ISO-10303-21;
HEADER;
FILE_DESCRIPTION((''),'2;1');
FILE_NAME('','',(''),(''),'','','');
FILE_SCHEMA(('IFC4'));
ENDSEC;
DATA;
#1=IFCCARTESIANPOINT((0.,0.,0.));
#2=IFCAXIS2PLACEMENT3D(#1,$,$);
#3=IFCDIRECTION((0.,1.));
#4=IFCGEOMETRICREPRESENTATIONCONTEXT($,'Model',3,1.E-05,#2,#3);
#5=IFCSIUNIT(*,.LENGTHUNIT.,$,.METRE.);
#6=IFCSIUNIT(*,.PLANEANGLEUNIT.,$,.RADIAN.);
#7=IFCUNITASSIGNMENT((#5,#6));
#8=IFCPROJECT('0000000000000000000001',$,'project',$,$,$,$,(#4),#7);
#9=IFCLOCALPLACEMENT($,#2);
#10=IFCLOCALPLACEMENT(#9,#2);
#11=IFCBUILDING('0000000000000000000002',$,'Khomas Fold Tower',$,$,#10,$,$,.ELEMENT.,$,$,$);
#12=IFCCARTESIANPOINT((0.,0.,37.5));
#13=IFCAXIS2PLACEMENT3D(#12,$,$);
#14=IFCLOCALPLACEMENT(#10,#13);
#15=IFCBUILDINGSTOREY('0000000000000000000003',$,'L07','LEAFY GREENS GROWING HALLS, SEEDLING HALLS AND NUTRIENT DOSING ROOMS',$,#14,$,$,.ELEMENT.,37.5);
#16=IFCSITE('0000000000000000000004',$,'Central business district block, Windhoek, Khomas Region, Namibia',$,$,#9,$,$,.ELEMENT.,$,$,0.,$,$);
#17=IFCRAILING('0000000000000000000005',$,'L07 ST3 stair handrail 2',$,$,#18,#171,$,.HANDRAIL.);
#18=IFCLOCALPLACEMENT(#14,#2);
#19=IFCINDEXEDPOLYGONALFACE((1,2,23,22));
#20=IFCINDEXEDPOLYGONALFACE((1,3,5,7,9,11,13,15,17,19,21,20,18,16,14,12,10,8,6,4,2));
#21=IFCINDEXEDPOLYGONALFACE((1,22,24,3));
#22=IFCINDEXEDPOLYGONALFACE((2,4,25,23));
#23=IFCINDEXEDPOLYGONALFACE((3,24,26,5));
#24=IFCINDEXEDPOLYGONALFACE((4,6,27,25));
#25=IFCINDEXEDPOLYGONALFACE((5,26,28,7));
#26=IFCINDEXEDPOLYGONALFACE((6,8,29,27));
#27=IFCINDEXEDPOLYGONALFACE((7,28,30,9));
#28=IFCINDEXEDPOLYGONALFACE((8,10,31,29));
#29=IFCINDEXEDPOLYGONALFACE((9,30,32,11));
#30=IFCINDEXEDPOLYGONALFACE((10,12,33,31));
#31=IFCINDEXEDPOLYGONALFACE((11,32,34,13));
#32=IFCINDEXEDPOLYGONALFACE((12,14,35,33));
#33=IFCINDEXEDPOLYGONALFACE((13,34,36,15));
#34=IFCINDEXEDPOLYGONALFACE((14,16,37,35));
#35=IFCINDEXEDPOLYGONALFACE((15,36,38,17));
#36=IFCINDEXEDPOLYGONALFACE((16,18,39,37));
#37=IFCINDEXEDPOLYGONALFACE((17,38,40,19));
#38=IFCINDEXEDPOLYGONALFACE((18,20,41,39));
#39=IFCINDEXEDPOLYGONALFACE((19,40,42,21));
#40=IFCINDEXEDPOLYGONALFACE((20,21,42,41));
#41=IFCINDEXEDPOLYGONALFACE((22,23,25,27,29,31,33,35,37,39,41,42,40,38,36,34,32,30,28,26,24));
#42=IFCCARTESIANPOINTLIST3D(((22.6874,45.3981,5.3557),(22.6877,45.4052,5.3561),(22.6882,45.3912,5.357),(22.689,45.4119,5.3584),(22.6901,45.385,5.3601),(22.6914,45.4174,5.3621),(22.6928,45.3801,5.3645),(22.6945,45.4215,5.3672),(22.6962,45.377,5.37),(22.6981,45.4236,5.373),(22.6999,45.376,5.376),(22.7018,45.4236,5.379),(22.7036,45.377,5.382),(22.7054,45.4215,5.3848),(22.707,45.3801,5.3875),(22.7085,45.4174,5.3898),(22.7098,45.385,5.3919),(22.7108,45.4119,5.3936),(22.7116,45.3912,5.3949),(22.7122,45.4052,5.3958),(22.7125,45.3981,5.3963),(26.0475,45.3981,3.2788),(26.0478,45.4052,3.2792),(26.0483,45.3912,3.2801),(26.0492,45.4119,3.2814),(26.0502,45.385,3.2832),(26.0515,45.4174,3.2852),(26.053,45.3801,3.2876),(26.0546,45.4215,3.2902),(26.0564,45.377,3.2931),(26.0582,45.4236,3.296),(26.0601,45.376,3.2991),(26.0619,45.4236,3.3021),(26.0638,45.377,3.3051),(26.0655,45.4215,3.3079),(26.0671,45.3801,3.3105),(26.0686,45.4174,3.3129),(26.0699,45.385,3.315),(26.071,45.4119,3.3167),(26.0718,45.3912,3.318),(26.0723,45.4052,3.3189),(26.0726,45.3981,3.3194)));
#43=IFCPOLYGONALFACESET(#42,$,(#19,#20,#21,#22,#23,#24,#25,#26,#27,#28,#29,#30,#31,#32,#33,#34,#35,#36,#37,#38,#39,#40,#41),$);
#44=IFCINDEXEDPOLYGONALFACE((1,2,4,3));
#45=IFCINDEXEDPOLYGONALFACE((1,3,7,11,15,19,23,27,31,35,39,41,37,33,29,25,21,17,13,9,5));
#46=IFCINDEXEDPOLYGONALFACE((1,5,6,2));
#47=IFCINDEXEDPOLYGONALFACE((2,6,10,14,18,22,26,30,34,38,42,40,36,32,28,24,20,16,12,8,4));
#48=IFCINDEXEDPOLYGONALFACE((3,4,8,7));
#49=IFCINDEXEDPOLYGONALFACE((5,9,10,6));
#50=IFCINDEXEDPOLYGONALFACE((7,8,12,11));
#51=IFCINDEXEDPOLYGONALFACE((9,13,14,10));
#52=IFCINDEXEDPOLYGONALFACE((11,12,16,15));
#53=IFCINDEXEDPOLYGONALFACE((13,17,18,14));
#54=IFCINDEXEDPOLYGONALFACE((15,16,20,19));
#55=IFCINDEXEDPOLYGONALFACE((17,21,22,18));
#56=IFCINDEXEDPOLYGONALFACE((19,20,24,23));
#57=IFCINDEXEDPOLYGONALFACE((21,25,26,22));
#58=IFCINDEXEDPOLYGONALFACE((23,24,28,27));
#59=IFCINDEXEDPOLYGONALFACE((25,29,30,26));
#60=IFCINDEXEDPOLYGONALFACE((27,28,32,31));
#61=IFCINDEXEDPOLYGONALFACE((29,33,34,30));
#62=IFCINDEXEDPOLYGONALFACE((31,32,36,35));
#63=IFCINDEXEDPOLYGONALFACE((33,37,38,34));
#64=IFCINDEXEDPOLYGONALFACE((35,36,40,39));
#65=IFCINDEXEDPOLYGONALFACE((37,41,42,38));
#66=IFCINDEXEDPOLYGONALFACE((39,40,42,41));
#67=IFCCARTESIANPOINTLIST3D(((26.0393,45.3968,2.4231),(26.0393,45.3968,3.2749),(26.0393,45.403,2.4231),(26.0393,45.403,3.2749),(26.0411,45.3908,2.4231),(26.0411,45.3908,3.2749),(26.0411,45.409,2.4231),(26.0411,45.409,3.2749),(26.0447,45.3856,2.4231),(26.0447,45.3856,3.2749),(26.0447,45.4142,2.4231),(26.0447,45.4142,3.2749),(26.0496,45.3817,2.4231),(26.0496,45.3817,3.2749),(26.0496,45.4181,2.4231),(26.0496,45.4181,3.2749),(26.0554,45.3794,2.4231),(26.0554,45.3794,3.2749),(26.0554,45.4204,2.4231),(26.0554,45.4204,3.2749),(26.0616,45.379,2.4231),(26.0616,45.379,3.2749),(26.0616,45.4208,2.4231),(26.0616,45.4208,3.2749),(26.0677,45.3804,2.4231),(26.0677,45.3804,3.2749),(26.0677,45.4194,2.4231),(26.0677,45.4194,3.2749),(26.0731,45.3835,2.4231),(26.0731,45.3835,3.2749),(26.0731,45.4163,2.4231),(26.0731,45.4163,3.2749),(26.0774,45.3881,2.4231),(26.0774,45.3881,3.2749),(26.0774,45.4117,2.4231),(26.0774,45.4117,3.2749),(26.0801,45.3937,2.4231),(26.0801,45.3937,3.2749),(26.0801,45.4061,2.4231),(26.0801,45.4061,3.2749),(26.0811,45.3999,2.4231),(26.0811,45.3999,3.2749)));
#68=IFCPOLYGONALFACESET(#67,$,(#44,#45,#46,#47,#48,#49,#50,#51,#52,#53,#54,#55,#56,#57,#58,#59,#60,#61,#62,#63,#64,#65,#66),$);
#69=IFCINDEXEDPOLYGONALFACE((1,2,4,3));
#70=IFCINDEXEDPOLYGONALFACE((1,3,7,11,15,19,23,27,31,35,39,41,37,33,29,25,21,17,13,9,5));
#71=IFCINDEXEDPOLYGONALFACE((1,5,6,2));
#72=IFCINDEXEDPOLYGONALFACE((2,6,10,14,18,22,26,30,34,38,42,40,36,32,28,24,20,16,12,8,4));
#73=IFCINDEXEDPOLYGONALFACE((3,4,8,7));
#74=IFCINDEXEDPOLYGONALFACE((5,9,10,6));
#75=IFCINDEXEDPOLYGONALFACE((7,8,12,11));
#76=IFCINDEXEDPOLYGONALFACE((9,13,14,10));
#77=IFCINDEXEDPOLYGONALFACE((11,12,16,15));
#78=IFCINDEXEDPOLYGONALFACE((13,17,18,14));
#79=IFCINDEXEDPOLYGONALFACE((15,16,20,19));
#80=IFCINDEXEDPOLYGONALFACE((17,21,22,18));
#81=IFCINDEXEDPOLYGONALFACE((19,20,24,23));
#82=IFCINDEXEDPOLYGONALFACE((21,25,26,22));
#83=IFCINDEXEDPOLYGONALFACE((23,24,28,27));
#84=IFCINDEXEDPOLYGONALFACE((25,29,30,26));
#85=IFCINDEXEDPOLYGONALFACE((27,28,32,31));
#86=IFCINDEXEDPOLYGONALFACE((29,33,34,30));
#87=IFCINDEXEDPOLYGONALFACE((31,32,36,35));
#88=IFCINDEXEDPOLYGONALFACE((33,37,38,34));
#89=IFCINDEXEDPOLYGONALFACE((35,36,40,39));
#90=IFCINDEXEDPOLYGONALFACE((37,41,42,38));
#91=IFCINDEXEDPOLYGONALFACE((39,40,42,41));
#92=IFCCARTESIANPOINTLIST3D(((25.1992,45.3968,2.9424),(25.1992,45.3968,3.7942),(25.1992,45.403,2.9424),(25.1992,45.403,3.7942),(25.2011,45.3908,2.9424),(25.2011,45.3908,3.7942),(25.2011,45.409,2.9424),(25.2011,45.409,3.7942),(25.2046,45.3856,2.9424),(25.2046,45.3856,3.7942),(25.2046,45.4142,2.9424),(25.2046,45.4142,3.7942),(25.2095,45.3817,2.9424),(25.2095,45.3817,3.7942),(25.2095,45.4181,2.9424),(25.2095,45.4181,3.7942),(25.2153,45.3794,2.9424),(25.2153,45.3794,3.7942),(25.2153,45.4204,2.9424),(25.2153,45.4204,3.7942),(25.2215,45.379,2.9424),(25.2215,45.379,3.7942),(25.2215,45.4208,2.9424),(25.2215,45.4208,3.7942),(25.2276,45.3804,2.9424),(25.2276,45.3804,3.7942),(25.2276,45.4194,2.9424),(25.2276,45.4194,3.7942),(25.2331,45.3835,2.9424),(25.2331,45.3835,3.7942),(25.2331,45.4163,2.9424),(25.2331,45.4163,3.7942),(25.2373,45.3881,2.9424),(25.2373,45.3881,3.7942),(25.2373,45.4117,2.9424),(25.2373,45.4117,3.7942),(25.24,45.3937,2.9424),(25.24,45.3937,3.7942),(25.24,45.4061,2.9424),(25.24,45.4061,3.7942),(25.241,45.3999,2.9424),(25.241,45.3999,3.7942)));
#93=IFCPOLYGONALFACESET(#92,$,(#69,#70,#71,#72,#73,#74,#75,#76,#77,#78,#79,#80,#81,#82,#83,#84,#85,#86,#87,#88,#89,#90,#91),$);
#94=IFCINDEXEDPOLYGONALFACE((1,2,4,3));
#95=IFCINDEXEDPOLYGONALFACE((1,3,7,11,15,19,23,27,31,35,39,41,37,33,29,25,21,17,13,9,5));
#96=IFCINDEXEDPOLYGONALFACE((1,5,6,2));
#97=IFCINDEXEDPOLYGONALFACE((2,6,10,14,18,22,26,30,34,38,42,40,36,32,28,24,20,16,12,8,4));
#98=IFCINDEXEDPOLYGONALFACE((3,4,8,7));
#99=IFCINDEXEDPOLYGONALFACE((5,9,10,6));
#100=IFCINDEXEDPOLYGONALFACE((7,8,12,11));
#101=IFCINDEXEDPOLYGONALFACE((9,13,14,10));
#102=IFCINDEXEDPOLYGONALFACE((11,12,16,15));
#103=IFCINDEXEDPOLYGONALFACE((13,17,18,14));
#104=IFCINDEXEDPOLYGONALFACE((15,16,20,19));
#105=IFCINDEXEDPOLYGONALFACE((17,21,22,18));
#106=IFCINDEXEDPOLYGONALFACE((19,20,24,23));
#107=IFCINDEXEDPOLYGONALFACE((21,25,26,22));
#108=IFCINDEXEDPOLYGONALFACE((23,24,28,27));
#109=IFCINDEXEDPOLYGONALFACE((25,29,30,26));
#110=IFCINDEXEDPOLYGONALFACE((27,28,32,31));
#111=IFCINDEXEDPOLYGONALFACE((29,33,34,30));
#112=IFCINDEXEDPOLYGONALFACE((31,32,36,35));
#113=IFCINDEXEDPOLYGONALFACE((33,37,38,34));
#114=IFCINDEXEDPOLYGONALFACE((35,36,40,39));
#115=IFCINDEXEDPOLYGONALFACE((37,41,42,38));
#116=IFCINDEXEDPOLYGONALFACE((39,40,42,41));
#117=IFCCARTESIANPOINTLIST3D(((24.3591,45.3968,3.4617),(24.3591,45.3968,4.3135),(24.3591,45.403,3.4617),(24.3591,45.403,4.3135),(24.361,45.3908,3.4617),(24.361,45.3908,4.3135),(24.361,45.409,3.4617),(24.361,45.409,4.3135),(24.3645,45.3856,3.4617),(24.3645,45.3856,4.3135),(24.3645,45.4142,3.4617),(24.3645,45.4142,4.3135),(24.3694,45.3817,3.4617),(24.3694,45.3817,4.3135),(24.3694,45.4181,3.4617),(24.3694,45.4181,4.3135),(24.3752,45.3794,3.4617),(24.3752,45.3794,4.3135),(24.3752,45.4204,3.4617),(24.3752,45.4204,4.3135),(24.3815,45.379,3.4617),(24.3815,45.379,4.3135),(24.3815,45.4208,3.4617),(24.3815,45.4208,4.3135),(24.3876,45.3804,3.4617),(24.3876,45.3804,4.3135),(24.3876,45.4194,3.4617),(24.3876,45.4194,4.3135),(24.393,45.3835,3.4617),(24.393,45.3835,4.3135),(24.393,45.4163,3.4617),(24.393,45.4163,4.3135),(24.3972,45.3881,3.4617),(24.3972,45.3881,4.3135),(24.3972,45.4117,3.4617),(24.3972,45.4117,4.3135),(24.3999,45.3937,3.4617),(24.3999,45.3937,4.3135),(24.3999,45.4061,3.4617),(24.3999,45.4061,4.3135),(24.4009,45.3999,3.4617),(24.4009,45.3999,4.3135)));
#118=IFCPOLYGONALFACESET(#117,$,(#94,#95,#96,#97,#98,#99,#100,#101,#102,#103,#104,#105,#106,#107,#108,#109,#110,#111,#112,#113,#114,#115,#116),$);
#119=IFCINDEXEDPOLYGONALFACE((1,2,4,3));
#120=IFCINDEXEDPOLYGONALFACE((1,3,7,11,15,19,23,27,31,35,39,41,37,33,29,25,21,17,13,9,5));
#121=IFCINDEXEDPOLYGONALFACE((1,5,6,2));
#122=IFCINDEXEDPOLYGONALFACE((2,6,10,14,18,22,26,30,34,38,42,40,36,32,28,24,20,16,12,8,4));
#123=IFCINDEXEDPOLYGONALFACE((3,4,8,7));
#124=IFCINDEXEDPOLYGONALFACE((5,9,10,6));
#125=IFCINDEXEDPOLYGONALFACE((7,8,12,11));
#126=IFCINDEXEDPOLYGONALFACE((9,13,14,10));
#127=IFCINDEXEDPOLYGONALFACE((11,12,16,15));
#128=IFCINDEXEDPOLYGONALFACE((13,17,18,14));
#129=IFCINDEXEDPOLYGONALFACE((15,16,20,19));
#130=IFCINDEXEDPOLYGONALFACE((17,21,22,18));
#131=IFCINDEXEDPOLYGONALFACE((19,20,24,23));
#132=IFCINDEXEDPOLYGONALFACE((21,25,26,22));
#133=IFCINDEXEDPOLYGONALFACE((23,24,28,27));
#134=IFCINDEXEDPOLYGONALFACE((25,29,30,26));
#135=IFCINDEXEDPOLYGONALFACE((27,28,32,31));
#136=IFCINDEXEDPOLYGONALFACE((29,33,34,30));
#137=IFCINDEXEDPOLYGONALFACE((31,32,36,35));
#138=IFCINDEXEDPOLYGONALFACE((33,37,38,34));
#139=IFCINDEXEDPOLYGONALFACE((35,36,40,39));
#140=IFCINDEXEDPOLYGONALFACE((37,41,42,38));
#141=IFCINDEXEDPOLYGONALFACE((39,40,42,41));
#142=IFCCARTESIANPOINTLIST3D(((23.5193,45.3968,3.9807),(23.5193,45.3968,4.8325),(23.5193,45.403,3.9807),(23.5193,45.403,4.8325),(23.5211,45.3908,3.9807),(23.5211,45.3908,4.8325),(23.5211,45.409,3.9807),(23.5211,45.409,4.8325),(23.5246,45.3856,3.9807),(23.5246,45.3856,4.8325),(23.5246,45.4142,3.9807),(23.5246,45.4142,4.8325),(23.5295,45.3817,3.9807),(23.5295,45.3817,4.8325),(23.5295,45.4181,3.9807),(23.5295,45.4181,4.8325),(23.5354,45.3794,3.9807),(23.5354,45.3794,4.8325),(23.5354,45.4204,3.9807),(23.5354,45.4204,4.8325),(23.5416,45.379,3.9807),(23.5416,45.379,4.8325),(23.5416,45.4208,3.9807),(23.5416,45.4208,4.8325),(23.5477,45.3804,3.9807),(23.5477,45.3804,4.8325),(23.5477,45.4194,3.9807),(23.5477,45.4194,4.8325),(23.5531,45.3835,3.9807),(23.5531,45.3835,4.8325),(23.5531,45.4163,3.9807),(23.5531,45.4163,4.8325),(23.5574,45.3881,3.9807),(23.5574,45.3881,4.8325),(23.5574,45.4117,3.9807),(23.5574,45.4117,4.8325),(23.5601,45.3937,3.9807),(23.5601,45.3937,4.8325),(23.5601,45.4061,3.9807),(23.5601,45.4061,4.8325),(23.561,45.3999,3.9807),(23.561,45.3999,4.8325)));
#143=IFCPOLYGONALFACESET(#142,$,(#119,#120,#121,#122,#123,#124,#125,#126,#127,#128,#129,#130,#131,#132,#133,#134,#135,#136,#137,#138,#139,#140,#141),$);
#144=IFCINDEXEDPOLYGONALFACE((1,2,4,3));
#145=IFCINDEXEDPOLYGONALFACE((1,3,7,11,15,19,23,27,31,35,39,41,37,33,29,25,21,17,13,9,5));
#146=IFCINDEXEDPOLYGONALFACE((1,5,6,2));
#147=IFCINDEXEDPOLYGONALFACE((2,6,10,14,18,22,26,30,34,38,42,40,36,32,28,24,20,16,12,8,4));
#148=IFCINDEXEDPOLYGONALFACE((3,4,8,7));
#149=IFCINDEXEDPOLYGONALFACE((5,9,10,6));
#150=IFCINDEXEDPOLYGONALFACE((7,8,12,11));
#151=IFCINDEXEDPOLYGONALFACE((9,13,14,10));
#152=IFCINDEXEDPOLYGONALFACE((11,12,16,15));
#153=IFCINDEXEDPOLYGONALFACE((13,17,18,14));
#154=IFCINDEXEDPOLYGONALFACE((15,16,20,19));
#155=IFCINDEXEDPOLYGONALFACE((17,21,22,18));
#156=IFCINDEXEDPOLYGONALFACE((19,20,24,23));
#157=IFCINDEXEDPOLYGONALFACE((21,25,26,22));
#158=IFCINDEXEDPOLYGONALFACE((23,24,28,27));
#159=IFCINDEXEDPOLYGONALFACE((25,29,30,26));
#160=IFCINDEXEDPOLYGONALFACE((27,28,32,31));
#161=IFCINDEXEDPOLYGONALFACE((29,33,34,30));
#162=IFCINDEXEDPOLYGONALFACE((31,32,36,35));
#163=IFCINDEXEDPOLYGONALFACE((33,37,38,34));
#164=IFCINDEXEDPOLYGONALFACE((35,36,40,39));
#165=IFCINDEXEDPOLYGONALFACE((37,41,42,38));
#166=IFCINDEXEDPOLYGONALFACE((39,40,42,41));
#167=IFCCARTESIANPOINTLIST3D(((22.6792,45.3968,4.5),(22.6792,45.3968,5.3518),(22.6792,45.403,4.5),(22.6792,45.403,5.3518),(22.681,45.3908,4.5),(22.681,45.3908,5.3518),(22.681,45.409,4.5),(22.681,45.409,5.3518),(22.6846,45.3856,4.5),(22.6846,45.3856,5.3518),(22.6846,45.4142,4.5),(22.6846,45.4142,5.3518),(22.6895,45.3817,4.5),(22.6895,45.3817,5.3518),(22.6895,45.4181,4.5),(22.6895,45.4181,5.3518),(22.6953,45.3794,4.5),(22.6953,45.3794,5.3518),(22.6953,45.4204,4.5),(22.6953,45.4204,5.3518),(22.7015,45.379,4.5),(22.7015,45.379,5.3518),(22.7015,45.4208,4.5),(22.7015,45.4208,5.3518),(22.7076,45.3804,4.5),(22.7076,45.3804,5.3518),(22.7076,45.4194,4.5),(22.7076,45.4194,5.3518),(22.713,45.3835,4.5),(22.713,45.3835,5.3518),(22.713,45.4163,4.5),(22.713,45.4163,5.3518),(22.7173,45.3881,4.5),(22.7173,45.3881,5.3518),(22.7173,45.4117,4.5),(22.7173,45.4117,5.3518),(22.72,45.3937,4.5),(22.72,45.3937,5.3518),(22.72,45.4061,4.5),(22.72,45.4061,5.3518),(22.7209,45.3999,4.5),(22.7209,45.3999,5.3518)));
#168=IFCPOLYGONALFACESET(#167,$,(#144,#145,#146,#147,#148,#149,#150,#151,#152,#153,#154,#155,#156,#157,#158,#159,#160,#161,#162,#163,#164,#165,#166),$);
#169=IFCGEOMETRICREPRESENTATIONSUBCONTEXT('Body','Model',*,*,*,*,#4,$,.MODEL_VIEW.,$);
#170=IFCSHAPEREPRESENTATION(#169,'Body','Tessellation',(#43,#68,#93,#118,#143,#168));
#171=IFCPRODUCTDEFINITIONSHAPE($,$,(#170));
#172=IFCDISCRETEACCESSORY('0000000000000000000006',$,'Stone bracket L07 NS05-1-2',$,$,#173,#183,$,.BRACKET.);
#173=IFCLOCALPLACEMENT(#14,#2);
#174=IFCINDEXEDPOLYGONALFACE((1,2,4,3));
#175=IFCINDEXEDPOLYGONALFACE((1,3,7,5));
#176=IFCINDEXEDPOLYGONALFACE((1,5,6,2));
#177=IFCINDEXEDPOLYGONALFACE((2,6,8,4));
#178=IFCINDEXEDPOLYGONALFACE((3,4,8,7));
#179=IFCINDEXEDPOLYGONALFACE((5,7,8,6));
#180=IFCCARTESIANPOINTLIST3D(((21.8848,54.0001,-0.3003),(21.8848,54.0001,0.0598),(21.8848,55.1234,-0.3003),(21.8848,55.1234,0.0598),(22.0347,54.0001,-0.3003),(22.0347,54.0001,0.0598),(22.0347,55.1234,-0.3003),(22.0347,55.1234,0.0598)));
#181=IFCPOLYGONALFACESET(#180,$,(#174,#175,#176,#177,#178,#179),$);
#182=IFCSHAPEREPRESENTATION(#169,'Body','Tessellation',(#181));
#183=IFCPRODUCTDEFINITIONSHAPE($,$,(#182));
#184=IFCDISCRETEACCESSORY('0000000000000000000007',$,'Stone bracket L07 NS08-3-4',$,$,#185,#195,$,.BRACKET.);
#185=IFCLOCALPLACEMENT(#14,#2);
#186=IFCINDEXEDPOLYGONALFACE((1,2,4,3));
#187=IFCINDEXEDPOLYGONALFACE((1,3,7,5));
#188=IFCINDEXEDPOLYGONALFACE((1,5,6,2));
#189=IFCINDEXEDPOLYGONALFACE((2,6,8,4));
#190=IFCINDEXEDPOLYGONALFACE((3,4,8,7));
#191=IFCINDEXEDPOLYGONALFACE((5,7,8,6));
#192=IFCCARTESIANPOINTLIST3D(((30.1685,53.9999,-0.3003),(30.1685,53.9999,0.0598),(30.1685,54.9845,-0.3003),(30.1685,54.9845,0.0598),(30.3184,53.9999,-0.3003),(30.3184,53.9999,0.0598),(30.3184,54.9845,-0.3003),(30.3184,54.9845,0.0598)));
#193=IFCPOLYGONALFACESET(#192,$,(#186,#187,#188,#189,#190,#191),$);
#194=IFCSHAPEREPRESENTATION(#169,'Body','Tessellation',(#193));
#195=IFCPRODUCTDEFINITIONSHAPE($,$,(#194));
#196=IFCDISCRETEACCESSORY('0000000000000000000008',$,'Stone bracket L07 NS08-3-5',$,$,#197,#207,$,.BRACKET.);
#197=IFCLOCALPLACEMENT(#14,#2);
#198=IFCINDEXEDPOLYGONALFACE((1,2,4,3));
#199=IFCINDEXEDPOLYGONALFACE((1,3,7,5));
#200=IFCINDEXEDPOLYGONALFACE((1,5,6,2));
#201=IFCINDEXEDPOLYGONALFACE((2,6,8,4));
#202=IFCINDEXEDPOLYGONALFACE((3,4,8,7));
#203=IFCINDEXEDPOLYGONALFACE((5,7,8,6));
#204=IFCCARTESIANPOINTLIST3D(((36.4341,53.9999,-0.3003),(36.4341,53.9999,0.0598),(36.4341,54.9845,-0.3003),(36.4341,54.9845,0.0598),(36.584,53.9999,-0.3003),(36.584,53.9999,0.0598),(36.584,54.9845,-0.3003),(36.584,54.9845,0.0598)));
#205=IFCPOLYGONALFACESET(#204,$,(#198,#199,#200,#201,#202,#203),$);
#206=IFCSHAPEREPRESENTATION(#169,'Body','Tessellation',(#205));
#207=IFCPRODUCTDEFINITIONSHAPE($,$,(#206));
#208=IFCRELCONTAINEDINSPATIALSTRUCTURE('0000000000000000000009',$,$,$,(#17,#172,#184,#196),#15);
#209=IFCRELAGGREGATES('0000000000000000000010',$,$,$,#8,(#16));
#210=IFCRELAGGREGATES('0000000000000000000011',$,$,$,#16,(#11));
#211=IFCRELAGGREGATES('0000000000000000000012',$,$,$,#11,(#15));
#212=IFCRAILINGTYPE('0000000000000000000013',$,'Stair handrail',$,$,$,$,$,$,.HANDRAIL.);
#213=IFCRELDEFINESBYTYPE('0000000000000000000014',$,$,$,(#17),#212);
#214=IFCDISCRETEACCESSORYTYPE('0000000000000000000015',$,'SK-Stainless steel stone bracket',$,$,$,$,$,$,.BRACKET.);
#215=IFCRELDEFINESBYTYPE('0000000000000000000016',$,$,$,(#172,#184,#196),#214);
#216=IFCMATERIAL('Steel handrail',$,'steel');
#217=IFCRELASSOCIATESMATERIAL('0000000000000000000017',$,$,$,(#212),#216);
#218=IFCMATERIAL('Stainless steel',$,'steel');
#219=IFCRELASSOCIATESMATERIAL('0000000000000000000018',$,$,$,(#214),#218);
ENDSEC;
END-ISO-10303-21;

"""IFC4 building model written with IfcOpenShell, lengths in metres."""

from ifc_helpers import new_model, si_unit, direction, frame, origin, origin_2d, place, context, subcontext, project, spatial, rectangle, circle, extrude, source, transform, mapped, material, type_object, element, save


model = new_model("IFC4")

# Units and contexts
model_context = context("Model", 3, precision=1e-05, world=origin(), true_north=direction((0.0, 1.0)))
body_context = subcontext(model_context, "Body", "Model", "MODEL_VIEW")
ifc_project = project(units=[si_unit("LENGTHUNIT", "METRE"), si_unit("PLANEANGLEUNIT", "RADIAN")], contexts=[model_context])

# Site, building, storey
site_placement = place(None, origin())
site = spatial("IfcSite", under=ifc_project, at=site_placement, Name="Central business district block, Windhoek, Khomas Region, Namibia", CompositionType="ELEMENT", RefElevation=0.0)
building_placement = place(site_placement, origin())
building = spatial("IfcBuilding", under=site, at=building_placement, Name="Khomas Fold Tower", CompositionType="ELEMENT")
storey_placement = place(building_placement, frame((0.0, 0.0, 37.5)))
storey = spatial("IfcBuildingStorey", under=building, at=storey_placement, Name="L07", Description="LEAFY GREENS GROWING HALLS, SEEDLING HALLS AND NUTRIENT DOSING ROOMS", CompositionType="ELEMENT", Elevation=37.5)

# Railing
ifc_material_1 = material(Name="Steel handrail", Category="steel")
railing_type_1 = type_object("IfcRailingType", Name="Stair handrail", PredefinedType="HANDRAIL", material=ifc_material_1)
shared_shape_1 = source(origin(), body_context, "Body", "SweptSolid", [
    extrude(circle(Radius=0.0239, at=origin_2d()), frame((0.0, 0.0, 0.876), z_axis=(-0.850623, 0.0, 0.525776), x_axis=(0.0, -1.0, 0.0)), (0.0, 0.0, 1.0), 3.9502),
    extrude(circle(Radius=0.021, at=origin_2d()), origin(), (0.0, 0.0, 1.0), 0.8518),
    extrude(circle(Radius=0.021, at=origin_2d()), frame((-0.8401, 0.0, 0.5193)), (0.0, 0.0, 1.0), 0.8518),
    extrude(circle(Radius=0.021, at=origin_2d()), frame((-1.6802, 0.0, 1.0386)), (0.0, 0.0, 1.0), 0.8518),
    extrude(circle(Radius=0.021, at=origin_2d()), frame((-2.52, 0.0, 1.5576)), (0.0, 0.0, 1.0), 0.8518),
    extrude(circle(Radius=0.021, at=origin_2d()), frame((-3.3601, 0.0, 2.0769)), (0.0, 0.0, 1.0), 0.8518),
])
railing_1_placement = place(storey_placement, frame((26.0601, 45.3999, 2.4231)))
element("IfcRailing", 1, at=railing_1_placement, inside=storey, type_object=railing_type_1, Name="L07 ST3 stair handrail 2", PredefinedType="HANDRAIL", context=body_context, shape_type="MappedRepresentation", body=[
    mapped(shared_shape_1, transform((0.0, 0.0, 0.0))),
])

# Discrete accessories
ifc_material_2 = material(Name="Stainless steel", Category="steel")
discrete_accessory_type = type_object("IfcDiscreteAccessoryType", Name="SK-Stainless steel stone bracket", PredefinedType="BRACKET", material=ifc_material_2)
shared_shape_2 = source(origin(), body_context, "Body", "SweptSolid", [
    extrude(rectangle(XDim=1.1233, YDim=0.1499, at=origin_2d()), origin(), (0.0, 0.0, 1.0), 0.3601),
])
discrete_accessory_placement = place(storey_placement, frame((21.9597, 54.5618, -0.3003), z_axis=(0.0, 0.0, 1.0), x_axis=(0.0, 1.0, 0.0)))
element("IfcDiscreteAccessory", 2, at=discrete_accessory_placement, inside=storey, type_object=discrete_accessory_type, Name="Stone bracket L07 NS05-1-2", PredefinedType="BRACKET", context=body_context, shape_type="MappedRepresentation", body=[
    mapped(shared_shape_2, transform((0.0, 0.0, 0.0))),
])
shared_shape_3 = source(origin(), body_context, "Body", "SweptSolid", [
    extrude(rectangle(XDim=0.9846, YDim=0.1499, at=origin_2d()), origin(), (0.0, 0.0, 1.0), 0.3601),
])
for number, where, z_axis, x_axis, name in (
    (3, (30.2434, 54.4922, -0.3003), (0.0, 0.0, 1.0), (0.0, 1.0, 0.0), "Stone bracket L07 NS08-3-4"),
    (4, (36.509, 54.4922, -0.3003), (0.0, 0.0, 1.0), (0.0, 1.0, 0.0), "Stone bracket L07 NS08-3-5"),
):
    element("IfcDiscreteAccessory", number, at=place(storey_placement, frame(where, z_axis=z_axis, x_axis=x_axis)), inside=storey, type_object=discrete_accessory_type, Name=name, PredefinedType="BRACKET", context=body_context, shape_type="MappedRepresentation", body=[
        mapped(shared_shape_3, transform((0.0, 0.0, 0.0))),
    ])

save(model, "model.ifc")
